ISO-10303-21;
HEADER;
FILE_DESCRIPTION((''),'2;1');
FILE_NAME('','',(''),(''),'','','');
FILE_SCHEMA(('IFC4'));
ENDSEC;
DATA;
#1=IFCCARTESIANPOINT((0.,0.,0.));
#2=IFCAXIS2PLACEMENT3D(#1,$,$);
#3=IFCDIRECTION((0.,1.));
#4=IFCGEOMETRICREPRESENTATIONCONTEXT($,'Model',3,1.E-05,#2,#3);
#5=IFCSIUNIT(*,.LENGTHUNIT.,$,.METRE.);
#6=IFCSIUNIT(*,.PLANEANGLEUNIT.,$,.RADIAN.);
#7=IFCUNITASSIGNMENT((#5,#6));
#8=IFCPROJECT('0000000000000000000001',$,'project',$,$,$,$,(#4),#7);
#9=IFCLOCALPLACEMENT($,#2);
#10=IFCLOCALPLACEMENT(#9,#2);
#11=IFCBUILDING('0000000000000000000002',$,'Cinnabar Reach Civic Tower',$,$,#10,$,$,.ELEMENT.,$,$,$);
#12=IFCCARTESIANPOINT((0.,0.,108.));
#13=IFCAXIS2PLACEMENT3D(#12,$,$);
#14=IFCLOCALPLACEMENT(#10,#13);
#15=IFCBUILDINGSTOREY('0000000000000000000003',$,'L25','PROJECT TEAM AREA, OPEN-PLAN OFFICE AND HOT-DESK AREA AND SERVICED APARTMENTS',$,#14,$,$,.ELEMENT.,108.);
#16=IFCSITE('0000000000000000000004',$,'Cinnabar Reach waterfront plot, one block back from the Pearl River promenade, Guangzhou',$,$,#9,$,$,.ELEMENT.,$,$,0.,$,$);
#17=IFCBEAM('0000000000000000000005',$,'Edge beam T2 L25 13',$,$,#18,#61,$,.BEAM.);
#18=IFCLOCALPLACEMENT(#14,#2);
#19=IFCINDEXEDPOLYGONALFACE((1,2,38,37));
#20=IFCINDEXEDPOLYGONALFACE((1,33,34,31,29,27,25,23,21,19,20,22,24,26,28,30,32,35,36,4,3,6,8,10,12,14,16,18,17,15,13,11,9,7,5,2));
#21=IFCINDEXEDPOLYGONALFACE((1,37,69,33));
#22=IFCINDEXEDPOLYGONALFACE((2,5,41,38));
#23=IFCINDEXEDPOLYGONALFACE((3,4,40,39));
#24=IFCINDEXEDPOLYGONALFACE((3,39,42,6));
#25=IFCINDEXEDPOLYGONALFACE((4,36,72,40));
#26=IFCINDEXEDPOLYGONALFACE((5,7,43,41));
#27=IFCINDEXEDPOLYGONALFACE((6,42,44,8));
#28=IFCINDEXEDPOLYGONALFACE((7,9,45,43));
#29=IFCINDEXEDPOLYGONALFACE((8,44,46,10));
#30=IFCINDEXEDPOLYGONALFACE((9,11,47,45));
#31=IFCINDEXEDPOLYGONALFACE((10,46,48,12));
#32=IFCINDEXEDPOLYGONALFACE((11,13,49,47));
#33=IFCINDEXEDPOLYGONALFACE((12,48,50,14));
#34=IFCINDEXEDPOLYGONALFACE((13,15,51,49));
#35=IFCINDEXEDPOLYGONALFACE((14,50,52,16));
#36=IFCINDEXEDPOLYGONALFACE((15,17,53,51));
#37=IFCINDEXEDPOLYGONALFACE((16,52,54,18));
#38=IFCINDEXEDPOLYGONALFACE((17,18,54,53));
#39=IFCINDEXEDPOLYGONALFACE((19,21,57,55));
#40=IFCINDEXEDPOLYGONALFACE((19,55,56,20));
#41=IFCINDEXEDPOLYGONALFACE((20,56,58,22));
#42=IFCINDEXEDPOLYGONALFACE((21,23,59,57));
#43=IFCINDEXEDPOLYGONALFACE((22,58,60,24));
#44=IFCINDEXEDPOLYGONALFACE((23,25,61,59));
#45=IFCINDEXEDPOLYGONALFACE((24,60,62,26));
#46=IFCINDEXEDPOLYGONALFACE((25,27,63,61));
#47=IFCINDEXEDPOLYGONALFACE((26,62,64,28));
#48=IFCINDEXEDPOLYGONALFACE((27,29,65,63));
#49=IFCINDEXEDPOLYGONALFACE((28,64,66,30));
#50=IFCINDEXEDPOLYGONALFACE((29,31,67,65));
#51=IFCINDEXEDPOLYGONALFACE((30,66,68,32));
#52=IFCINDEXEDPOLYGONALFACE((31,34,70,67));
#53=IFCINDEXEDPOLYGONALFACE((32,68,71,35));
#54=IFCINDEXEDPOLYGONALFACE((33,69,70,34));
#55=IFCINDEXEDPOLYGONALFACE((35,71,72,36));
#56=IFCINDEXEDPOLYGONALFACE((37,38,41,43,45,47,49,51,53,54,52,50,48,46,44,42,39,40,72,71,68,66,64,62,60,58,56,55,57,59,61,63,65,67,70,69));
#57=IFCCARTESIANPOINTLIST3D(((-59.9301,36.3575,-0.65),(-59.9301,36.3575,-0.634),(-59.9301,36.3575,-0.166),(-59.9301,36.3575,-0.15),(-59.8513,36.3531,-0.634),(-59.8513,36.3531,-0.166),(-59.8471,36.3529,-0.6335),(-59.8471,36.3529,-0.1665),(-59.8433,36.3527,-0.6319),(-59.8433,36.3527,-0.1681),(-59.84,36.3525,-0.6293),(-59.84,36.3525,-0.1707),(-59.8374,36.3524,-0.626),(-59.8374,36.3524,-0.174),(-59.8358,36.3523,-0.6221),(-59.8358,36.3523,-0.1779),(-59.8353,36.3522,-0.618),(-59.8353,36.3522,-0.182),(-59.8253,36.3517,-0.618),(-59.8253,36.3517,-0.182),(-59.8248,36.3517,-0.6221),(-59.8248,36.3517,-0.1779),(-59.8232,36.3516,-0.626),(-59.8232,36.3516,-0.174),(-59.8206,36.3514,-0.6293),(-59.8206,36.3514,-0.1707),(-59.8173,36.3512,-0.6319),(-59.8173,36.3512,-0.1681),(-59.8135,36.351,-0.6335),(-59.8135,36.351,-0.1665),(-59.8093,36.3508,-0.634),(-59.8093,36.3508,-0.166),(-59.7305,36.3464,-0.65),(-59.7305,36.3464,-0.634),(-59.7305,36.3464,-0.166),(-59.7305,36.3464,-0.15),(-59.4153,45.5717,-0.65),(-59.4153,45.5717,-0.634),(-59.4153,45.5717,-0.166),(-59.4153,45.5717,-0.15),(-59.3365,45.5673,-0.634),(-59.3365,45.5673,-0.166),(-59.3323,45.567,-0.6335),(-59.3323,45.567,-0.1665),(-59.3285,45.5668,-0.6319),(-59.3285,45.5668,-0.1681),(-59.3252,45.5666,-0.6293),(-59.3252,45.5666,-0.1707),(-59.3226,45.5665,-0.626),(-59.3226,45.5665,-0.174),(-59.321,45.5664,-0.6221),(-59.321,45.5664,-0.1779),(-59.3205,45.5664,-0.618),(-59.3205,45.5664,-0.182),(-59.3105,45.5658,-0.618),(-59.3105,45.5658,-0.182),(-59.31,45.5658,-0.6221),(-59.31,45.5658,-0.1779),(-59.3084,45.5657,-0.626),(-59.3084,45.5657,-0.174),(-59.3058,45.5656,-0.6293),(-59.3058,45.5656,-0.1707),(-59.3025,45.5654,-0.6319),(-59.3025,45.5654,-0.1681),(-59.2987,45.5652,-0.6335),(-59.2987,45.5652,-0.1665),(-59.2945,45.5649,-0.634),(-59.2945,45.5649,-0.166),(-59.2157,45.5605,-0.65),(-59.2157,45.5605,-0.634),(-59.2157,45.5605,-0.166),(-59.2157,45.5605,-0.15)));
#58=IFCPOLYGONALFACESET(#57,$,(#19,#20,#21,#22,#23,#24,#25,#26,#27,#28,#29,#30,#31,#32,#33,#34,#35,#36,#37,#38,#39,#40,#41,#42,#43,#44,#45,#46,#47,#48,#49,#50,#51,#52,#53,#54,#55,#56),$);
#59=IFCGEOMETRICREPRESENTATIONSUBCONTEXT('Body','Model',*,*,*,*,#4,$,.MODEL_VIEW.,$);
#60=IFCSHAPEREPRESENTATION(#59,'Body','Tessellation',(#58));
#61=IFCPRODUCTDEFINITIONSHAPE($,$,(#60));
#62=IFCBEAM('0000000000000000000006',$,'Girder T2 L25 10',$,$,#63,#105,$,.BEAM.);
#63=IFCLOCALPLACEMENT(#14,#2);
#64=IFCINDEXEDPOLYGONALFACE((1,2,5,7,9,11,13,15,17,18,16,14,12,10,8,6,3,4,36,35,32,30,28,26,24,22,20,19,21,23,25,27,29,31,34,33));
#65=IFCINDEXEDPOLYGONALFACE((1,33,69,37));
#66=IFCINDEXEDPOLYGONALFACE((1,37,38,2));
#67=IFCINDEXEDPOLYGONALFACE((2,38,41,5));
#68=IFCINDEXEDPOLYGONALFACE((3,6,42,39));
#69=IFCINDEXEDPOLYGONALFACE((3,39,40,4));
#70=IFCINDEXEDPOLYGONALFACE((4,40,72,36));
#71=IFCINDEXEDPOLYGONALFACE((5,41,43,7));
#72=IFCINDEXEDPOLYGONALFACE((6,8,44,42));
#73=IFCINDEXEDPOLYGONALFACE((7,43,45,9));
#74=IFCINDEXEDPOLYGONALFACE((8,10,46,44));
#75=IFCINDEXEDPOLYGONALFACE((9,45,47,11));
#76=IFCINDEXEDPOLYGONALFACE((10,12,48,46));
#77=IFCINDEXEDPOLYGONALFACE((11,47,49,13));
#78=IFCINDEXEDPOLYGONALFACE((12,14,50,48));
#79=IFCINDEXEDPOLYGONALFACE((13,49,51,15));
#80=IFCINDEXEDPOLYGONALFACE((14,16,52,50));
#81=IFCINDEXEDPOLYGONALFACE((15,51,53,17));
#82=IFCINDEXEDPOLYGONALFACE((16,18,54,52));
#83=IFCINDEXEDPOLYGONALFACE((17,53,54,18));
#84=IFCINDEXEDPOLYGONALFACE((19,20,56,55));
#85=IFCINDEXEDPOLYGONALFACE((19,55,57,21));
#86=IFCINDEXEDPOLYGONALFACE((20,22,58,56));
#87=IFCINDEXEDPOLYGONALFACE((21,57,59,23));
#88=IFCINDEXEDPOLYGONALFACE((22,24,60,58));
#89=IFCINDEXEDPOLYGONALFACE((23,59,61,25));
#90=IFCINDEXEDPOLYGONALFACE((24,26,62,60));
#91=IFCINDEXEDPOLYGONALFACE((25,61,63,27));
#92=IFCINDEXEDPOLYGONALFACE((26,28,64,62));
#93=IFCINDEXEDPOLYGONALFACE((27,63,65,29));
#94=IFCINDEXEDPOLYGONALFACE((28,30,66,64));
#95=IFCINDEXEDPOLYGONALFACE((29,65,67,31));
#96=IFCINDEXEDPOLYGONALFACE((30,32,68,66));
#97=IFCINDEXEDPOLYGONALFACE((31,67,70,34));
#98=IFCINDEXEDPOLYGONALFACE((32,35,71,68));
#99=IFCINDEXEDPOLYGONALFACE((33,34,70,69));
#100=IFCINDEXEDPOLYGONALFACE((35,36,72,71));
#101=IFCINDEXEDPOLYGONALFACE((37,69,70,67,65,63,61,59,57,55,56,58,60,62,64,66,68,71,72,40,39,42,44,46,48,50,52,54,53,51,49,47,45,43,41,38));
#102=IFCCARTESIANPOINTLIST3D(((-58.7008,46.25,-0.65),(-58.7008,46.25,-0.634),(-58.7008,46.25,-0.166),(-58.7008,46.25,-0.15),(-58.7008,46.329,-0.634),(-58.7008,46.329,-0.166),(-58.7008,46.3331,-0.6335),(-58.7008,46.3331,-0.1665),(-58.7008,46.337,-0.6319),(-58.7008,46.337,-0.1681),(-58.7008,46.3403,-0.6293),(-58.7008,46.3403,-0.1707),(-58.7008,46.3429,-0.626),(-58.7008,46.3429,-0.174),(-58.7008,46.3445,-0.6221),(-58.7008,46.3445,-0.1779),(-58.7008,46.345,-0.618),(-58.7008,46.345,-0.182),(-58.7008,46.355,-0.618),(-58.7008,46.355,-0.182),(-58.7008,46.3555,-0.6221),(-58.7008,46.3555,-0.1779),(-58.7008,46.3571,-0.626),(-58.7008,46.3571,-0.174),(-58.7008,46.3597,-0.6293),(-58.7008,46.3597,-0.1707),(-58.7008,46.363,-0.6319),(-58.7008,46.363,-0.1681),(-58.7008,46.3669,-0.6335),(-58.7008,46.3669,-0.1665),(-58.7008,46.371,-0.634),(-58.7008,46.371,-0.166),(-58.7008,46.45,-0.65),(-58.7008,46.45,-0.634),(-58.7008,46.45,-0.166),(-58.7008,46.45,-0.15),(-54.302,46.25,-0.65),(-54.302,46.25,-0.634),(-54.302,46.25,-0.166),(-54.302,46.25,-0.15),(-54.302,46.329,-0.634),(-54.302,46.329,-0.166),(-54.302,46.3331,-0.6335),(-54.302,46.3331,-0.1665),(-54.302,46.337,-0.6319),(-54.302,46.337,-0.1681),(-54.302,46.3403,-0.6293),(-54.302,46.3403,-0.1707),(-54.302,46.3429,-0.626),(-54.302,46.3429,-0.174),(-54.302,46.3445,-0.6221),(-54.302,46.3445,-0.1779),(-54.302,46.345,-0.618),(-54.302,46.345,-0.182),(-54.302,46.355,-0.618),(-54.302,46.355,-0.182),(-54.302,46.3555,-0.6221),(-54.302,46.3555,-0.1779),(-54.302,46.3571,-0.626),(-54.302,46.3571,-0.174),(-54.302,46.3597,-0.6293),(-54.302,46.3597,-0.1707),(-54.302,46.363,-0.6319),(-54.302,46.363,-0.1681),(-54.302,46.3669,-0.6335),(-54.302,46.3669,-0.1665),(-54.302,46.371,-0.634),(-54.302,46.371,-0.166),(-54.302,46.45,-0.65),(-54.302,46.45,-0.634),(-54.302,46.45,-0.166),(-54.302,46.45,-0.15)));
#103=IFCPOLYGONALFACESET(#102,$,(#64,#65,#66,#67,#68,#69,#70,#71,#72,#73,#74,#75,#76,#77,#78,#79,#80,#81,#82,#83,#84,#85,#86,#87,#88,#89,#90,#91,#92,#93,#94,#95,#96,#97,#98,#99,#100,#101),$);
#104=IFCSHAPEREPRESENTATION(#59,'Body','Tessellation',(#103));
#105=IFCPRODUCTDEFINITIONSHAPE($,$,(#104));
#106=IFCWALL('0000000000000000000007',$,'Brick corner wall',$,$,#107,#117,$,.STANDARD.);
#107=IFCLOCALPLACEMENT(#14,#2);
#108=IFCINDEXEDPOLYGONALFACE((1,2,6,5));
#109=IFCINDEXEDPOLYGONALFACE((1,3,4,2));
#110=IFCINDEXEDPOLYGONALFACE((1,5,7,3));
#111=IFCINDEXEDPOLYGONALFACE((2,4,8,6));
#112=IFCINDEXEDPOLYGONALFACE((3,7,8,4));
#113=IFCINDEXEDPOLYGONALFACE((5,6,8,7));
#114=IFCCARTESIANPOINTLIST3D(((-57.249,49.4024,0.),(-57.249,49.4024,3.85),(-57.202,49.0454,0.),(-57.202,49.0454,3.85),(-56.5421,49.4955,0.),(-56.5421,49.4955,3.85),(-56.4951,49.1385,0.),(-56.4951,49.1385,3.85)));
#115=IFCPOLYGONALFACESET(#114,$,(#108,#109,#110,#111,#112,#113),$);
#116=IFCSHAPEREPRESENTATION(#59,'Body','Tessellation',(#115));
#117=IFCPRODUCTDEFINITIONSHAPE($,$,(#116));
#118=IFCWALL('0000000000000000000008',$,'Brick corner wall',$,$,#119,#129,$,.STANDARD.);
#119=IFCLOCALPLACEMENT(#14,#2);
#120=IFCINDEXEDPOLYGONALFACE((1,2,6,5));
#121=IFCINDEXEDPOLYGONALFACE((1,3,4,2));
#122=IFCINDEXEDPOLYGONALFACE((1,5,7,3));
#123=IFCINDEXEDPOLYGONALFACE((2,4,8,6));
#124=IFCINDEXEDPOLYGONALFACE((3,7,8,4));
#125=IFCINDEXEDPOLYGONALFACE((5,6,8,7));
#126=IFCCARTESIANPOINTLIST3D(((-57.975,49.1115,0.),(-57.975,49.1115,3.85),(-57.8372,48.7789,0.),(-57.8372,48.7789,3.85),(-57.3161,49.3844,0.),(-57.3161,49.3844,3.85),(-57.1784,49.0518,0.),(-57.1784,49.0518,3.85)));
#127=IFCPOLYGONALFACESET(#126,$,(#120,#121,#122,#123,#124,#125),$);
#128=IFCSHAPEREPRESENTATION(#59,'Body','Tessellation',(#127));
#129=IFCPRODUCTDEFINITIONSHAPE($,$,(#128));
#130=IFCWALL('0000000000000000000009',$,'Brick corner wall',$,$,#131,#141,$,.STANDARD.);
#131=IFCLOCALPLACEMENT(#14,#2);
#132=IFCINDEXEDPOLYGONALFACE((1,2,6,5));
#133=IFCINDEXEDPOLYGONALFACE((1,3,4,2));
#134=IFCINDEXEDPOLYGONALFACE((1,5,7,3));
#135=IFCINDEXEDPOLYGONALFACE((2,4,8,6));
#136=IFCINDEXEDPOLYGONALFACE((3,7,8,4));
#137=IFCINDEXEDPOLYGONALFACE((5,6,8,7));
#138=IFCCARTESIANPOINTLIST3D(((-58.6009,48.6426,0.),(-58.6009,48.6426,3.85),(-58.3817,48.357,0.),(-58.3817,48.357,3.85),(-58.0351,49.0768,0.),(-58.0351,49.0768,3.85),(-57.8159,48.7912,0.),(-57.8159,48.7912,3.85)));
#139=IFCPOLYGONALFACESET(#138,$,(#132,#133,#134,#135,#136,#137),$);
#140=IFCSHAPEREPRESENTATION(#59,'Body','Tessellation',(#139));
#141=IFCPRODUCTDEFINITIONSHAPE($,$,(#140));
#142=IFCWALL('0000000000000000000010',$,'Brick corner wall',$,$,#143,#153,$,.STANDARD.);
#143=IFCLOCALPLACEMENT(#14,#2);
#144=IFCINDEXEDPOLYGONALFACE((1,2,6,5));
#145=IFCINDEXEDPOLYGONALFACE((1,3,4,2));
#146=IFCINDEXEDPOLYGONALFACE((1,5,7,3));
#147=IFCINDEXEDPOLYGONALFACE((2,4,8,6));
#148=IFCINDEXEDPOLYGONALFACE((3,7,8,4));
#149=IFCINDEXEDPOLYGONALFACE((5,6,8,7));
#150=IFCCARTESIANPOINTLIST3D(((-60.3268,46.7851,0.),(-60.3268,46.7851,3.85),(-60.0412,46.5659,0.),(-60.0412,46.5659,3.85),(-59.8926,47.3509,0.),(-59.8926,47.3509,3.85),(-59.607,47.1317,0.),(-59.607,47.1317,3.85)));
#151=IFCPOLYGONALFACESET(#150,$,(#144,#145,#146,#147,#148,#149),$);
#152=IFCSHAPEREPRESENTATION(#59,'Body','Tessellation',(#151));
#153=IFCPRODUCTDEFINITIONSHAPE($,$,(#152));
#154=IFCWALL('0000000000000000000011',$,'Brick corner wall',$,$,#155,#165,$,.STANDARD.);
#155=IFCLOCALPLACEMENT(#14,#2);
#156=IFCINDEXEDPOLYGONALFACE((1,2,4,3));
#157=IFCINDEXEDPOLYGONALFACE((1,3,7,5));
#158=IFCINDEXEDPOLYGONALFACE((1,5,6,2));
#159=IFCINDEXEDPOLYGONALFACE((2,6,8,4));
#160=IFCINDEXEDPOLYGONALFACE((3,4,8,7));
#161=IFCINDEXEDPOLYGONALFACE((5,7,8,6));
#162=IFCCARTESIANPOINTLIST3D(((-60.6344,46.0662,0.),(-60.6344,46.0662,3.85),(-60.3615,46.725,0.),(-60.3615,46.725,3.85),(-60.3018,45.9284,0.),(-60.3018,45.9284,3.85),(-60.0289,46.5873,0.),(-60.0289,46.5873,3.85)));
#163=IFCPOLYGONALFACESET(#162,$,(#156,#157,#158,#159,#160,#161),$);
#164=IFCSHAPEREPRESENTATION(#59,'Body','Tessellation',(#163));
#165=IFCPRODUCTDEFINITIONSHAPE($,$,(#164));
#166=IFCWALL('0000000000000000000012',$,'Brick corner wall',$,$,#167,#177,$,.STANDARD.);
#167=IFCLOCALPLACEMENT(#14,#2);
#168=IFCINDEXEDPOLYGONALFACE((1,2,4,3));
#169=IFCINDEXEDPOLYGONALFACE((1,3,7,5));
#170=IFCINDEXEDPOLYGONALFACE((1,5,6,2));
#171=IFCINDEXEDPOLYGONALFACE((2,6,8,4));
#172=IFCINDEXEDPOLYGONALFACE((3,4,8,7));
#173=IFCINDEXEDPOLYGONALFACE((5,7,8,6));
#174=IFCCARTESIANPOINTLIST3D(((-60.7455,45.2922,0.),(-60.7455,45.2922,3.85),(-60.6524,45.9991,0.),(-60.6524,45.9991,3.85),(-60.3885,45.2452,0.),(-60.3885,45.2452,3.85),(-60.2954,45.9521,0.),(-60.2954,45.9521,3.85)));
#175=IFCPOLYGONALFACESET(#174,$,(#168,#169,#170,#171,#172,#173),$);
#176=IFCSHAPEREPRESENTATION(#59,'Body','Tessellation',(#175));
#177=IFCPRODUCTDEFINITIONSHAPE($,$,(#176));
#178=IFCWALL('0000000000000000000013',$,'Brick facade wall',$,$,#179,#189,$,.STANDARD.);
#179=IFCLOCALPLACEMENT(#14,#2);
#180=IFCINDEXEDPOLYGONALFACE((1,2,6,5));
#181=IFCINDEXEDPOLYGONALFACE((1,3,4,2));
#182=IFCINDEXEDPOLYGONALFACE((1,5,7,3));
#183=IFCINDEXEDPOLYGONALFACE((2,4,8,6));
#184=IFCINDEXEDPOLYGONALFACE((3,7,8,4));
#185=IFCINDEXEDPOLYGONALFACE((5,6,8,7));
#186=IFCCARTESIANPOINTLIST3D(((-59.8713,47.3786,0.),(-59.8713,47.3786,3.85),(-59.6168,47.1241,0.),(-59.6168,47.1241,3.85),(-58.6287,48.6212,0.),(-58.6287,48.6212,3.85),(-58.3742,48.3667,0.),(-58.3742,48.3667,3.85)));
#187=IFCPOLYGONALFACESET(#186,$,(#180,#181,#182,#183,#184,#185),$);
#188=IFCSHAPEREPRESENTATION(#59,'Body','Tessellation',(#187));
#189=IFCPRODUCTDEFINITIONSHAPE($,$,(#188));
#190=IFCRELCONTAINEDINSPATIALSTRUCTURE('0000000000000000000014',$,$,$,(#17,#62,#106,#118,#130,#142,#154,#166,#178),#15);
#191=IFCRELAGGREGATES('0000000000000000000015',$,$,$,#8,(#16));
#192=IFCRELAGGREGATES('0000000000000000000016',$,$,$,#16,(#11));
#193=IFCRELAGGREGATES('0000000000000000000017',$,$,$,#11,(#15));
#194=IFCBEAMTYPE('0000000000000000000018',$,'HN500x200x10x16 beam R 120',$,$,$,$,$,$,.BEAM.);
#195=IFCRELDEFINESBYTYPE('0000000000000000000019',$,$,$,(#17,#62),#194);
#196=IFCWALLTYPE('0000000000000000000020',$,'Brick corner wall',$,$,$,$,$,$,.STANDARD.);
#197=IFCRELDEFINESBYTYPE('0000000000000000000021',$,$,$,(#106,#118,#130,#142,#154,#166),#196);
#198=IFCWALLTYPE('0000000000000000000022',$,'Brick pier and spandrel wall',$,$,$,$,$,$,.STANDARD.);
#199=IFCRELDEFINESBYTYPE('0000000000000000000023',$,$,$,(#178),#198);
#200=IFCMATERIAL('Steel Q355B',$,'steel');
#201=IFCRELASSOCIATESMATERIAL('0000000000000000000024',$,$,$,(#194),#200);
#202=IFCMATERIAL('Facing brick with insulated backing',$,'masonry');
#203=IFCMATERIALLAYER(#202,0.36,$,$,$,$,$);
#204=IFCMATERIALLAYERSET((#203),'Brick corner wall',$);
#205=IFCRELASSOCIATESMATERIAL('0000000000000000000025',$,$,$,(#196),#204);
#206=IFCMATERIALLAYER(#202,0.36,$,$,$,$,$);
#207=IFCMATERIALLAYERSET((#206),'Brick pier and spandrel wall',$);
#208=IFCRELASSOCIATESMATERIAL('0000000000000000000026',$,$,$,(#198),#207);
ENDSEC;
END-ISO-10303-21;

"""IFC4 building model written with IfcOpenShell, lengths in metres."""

from ifc_helpers import new_model, si_unit, direction, frame, frame_2d, origin, origin_2d, place, context, subcontext, project, spatial, rectangle, i_section, extrude, material, layer, layer_set, material_profile, profile_set, type_object, element, save


model = new_model("IFC4")

# Units and contexts
model_context = context("Model", 3, precision=1e-05, world=origin(), true_north=direction((0.0, 1.0)))
body_context = subcontext(model_context, "Body", "Model", "MODEL_VIEW")
ifc_project = project(units=[si_unit("LENGTHUNIT", "METRE"), si_unit("PLANEANGLEUNIT", "RADIAN")], contexts=[model_context])

# Site, building, storey
site_placement = place(None, origin())
site = spatial("IfcSite", under=ifc_project, at=site_placement, Name="Cinnabar Reach waterfront plot, one block back from the Pearl River promenade, Guangzhou", CompositionType="ELEMENT", RefElevation=0.0)
building_placement = place(site_placement, origin())
building = spatial("IfcBuilding", under=site, at=building_placement, Name="Cinnabar Reach Civic Tower", CompositionType="ELEMENT")
storey_placement = place(building_placement, frame((0.0, 0.0, 108.0)))
storey = spatial("IfcBuildingStorey", under=building, at=storey_placement, Name="L25", Description="PROJECT TEAM AREA, OPEN-PLAN OFFICE AND HOT-DESK AREA AND SERVICED APARTMENTS", CompositionType="ELEMENT", Elevation=108.0)

# Beams
ifc_material_1 = material(Name="Steel Q355B", Category="steel")
ifc_material_profile_1 = material_profile(ifc_material_1, i_section(OverallWidth=0.2, OverallDepth=0.5, WebThickness=0.01, FlangeThickness=0.016, FilletRadius=0.016, at=origin_2d()), Name="HN500x200x10x16")
ifc_profile_set_1 = profile_set([ifc_material_profile_1], Name="Steel Q355B")
beam_type_1 = type_object("IfcBeamType", Name="HN500x200x10x16 beam R 120", PredefinedType="BEAM", material=ifc_profile_set_1)
beam_1_placement = place(storey_placement, frame((-59.3155, 45.5661, -0.4), z_axis=(-0.055784, -0.998443, 0.0), x_axis=(0.998443, -0.055784, 0.0)))
element("IfcBeam", 1, at=beam_1_placement, inside=storey, type_object=beam_type_1, Name="Edge beam T2 L25 13", PredefinedType="BEAM", context=body_context, shape_type="SweptSolid", body=[
    extrude(i_section(OverallWidth=0.2, OverallDepth=0.5, WebThickness=0.01, FlangeThickness=0.016, FilletRadius=0.016, at=origin_2d()), origin(), (0.0, 0.0, 1.0), 9.2285),
])
beam_2_placement = place(storey_placement, frame((-58.7008, 46.35, -0.4), z_axis=(1.0, 0.0, 0.0), x_axis=(0.0, 1.0, 0.0)))
element("IfcBeam", 2, at=beam_2_placement, inside=storey, type_object=beam_type_1, Name="Girder T2 L25 10", PredefinedType="BEAM", context=body_context, shape_type="SweptSolid", body=[
    extrude(i_section(OverallWidth=0.2, OverallDepth=0.5, WebThickness=0.01, FlangeThickness=0.016, FilletRadius=0.016, at=origin_2d()), origin(), (0.0, 0.0, 1.0), 4.3988),
])

# Walls
ifc_material_2 = material(Name="Facing brick with insulated backing", Category="masonry")
ifc_layer_1 = layer(ifc_material_2, 0.36)
ifc_layer_set_1 = layer_set([ifc_layer_1], Name="Brick corner wall")
wall_type_1 = type_object("IfcWallType", Name="Brick corner wall", PredefinedType="STANDARD", material=ifc_layer_set_1)
for number, where, z_axis, x_axis, name in (
    (3, (-56.5186, 49.317, 0.0), (0.0, 0.0, 1.0), (-0.991441, -0.130556, 0.0), "Brick corner wall"),
    (4, (-57.2473, 49.2181, 0.0), (0.0, 0.0, 1.0), (-0.923872, -0.382703, 0.0), "Brick corner wall"),
):
    element("IfcWall", number, at=place(storey_placement, frame(where, z_axis=z_axis, x_axis=x_axis)), inside=storey, type_object=wall_type_1, Name=name, PredefinedType="STANDARD", context=body_context, shape_type="SweptSolid", body=[
        extrude(rectangle(XDim=0.7131, YDim=0.36, at=frame_2d((0.3565, 0.0))), origin(), (0.0, 0.0, 1.0), 3.85),
    ])
for number, where, z_axis, x_axis, name in (
    (5, (-57.9255, 48.934, 0.0), (0.0, 0.0, 1.0), (-0.793322, -0.608802, 0.0), "Brick corner wall"),
    (6, (-59.7498, 47.2413, 0.0), (0.0, 0.0, 1.0), (-0.608802, -0.793322, 0.0), "Brick corner wall"),
):
    element("IfcWall", number, at=place(storey_placement, frame(where, z_axis=z_axis, x_axis=x_axis)), inside=storey, type_object=wall_type_1, Name=name, PredefinedType="STANDARD", context=body_context, shape_type="SweptSolid", body=[
        extrude(rectangle(XDim=0.7132, YDim=0.36, at=frame_2d((0.3566, 0.0))), origin(), (0.0, 0.0, 1.0), 3.85),
    ])
for number, where, z_axis, x_axis, name in (
    (7, (-60.1952, 46.6561, 0.0), (0.0, 0.0, 1.0), (-0.382703, -0.923872, 0.0), "Brick corner wall"),
    (8, (-60.4739, 45.9756, 0.0), (0.0, 0.0, 1.0), (-0.130556, -0.991441, 0.0), "Brick corner wall"),
):
    element("IfcWall", number, at=place(storey_placement, frame(where, z_axis=z_axis, x_axis=x_axis)), inside=storey, type_object=wall_type_1, Name=name, PredefinedType="STANDARD", context=body_context, shape_type="SweptSolid", body=[
        extrude(rectangle(XDim=0.7131, YDim=0.36, at=frame_2d((0.3565, 0.0))), origin(), (0.0, 0.0, 1.0), 3.85),
    ])
ifc_layer_2 = layer(ifc_material_2, 0.36)
ifc_layer_set_2 = layer_set([ifc_layer_2], Name="Brick pier and spandrel wall")
wall_type_2 = type_object("IfcWallType", Name="Brick pier and spandrel wall", PredefinedType="STANDARD", material=ifc_layer_set_2)
wall_1_placement = place(storey_placement, frame((-58.5014, 48.494, 0.0), z_axis=(0.0, 0.0, 1.0), x_axis=(-0.707107, -0.707107, 0.0)))
element("IfcWall", 9, at=wall_1_placement, inside=storey, type_object=wall_type_2, Name="Brick facade wall", PredefinedType="STANDARD", context=body_context, shape_type="SweptSolid", body=[
    extrude(rectangle(XDim=1.7573, YDim=0.36, at=frame_2d((0.8787, 0.0))), origin(), (0.0, 0.0, 1.0), 3.85),
])

save(model, "model.ifc")
